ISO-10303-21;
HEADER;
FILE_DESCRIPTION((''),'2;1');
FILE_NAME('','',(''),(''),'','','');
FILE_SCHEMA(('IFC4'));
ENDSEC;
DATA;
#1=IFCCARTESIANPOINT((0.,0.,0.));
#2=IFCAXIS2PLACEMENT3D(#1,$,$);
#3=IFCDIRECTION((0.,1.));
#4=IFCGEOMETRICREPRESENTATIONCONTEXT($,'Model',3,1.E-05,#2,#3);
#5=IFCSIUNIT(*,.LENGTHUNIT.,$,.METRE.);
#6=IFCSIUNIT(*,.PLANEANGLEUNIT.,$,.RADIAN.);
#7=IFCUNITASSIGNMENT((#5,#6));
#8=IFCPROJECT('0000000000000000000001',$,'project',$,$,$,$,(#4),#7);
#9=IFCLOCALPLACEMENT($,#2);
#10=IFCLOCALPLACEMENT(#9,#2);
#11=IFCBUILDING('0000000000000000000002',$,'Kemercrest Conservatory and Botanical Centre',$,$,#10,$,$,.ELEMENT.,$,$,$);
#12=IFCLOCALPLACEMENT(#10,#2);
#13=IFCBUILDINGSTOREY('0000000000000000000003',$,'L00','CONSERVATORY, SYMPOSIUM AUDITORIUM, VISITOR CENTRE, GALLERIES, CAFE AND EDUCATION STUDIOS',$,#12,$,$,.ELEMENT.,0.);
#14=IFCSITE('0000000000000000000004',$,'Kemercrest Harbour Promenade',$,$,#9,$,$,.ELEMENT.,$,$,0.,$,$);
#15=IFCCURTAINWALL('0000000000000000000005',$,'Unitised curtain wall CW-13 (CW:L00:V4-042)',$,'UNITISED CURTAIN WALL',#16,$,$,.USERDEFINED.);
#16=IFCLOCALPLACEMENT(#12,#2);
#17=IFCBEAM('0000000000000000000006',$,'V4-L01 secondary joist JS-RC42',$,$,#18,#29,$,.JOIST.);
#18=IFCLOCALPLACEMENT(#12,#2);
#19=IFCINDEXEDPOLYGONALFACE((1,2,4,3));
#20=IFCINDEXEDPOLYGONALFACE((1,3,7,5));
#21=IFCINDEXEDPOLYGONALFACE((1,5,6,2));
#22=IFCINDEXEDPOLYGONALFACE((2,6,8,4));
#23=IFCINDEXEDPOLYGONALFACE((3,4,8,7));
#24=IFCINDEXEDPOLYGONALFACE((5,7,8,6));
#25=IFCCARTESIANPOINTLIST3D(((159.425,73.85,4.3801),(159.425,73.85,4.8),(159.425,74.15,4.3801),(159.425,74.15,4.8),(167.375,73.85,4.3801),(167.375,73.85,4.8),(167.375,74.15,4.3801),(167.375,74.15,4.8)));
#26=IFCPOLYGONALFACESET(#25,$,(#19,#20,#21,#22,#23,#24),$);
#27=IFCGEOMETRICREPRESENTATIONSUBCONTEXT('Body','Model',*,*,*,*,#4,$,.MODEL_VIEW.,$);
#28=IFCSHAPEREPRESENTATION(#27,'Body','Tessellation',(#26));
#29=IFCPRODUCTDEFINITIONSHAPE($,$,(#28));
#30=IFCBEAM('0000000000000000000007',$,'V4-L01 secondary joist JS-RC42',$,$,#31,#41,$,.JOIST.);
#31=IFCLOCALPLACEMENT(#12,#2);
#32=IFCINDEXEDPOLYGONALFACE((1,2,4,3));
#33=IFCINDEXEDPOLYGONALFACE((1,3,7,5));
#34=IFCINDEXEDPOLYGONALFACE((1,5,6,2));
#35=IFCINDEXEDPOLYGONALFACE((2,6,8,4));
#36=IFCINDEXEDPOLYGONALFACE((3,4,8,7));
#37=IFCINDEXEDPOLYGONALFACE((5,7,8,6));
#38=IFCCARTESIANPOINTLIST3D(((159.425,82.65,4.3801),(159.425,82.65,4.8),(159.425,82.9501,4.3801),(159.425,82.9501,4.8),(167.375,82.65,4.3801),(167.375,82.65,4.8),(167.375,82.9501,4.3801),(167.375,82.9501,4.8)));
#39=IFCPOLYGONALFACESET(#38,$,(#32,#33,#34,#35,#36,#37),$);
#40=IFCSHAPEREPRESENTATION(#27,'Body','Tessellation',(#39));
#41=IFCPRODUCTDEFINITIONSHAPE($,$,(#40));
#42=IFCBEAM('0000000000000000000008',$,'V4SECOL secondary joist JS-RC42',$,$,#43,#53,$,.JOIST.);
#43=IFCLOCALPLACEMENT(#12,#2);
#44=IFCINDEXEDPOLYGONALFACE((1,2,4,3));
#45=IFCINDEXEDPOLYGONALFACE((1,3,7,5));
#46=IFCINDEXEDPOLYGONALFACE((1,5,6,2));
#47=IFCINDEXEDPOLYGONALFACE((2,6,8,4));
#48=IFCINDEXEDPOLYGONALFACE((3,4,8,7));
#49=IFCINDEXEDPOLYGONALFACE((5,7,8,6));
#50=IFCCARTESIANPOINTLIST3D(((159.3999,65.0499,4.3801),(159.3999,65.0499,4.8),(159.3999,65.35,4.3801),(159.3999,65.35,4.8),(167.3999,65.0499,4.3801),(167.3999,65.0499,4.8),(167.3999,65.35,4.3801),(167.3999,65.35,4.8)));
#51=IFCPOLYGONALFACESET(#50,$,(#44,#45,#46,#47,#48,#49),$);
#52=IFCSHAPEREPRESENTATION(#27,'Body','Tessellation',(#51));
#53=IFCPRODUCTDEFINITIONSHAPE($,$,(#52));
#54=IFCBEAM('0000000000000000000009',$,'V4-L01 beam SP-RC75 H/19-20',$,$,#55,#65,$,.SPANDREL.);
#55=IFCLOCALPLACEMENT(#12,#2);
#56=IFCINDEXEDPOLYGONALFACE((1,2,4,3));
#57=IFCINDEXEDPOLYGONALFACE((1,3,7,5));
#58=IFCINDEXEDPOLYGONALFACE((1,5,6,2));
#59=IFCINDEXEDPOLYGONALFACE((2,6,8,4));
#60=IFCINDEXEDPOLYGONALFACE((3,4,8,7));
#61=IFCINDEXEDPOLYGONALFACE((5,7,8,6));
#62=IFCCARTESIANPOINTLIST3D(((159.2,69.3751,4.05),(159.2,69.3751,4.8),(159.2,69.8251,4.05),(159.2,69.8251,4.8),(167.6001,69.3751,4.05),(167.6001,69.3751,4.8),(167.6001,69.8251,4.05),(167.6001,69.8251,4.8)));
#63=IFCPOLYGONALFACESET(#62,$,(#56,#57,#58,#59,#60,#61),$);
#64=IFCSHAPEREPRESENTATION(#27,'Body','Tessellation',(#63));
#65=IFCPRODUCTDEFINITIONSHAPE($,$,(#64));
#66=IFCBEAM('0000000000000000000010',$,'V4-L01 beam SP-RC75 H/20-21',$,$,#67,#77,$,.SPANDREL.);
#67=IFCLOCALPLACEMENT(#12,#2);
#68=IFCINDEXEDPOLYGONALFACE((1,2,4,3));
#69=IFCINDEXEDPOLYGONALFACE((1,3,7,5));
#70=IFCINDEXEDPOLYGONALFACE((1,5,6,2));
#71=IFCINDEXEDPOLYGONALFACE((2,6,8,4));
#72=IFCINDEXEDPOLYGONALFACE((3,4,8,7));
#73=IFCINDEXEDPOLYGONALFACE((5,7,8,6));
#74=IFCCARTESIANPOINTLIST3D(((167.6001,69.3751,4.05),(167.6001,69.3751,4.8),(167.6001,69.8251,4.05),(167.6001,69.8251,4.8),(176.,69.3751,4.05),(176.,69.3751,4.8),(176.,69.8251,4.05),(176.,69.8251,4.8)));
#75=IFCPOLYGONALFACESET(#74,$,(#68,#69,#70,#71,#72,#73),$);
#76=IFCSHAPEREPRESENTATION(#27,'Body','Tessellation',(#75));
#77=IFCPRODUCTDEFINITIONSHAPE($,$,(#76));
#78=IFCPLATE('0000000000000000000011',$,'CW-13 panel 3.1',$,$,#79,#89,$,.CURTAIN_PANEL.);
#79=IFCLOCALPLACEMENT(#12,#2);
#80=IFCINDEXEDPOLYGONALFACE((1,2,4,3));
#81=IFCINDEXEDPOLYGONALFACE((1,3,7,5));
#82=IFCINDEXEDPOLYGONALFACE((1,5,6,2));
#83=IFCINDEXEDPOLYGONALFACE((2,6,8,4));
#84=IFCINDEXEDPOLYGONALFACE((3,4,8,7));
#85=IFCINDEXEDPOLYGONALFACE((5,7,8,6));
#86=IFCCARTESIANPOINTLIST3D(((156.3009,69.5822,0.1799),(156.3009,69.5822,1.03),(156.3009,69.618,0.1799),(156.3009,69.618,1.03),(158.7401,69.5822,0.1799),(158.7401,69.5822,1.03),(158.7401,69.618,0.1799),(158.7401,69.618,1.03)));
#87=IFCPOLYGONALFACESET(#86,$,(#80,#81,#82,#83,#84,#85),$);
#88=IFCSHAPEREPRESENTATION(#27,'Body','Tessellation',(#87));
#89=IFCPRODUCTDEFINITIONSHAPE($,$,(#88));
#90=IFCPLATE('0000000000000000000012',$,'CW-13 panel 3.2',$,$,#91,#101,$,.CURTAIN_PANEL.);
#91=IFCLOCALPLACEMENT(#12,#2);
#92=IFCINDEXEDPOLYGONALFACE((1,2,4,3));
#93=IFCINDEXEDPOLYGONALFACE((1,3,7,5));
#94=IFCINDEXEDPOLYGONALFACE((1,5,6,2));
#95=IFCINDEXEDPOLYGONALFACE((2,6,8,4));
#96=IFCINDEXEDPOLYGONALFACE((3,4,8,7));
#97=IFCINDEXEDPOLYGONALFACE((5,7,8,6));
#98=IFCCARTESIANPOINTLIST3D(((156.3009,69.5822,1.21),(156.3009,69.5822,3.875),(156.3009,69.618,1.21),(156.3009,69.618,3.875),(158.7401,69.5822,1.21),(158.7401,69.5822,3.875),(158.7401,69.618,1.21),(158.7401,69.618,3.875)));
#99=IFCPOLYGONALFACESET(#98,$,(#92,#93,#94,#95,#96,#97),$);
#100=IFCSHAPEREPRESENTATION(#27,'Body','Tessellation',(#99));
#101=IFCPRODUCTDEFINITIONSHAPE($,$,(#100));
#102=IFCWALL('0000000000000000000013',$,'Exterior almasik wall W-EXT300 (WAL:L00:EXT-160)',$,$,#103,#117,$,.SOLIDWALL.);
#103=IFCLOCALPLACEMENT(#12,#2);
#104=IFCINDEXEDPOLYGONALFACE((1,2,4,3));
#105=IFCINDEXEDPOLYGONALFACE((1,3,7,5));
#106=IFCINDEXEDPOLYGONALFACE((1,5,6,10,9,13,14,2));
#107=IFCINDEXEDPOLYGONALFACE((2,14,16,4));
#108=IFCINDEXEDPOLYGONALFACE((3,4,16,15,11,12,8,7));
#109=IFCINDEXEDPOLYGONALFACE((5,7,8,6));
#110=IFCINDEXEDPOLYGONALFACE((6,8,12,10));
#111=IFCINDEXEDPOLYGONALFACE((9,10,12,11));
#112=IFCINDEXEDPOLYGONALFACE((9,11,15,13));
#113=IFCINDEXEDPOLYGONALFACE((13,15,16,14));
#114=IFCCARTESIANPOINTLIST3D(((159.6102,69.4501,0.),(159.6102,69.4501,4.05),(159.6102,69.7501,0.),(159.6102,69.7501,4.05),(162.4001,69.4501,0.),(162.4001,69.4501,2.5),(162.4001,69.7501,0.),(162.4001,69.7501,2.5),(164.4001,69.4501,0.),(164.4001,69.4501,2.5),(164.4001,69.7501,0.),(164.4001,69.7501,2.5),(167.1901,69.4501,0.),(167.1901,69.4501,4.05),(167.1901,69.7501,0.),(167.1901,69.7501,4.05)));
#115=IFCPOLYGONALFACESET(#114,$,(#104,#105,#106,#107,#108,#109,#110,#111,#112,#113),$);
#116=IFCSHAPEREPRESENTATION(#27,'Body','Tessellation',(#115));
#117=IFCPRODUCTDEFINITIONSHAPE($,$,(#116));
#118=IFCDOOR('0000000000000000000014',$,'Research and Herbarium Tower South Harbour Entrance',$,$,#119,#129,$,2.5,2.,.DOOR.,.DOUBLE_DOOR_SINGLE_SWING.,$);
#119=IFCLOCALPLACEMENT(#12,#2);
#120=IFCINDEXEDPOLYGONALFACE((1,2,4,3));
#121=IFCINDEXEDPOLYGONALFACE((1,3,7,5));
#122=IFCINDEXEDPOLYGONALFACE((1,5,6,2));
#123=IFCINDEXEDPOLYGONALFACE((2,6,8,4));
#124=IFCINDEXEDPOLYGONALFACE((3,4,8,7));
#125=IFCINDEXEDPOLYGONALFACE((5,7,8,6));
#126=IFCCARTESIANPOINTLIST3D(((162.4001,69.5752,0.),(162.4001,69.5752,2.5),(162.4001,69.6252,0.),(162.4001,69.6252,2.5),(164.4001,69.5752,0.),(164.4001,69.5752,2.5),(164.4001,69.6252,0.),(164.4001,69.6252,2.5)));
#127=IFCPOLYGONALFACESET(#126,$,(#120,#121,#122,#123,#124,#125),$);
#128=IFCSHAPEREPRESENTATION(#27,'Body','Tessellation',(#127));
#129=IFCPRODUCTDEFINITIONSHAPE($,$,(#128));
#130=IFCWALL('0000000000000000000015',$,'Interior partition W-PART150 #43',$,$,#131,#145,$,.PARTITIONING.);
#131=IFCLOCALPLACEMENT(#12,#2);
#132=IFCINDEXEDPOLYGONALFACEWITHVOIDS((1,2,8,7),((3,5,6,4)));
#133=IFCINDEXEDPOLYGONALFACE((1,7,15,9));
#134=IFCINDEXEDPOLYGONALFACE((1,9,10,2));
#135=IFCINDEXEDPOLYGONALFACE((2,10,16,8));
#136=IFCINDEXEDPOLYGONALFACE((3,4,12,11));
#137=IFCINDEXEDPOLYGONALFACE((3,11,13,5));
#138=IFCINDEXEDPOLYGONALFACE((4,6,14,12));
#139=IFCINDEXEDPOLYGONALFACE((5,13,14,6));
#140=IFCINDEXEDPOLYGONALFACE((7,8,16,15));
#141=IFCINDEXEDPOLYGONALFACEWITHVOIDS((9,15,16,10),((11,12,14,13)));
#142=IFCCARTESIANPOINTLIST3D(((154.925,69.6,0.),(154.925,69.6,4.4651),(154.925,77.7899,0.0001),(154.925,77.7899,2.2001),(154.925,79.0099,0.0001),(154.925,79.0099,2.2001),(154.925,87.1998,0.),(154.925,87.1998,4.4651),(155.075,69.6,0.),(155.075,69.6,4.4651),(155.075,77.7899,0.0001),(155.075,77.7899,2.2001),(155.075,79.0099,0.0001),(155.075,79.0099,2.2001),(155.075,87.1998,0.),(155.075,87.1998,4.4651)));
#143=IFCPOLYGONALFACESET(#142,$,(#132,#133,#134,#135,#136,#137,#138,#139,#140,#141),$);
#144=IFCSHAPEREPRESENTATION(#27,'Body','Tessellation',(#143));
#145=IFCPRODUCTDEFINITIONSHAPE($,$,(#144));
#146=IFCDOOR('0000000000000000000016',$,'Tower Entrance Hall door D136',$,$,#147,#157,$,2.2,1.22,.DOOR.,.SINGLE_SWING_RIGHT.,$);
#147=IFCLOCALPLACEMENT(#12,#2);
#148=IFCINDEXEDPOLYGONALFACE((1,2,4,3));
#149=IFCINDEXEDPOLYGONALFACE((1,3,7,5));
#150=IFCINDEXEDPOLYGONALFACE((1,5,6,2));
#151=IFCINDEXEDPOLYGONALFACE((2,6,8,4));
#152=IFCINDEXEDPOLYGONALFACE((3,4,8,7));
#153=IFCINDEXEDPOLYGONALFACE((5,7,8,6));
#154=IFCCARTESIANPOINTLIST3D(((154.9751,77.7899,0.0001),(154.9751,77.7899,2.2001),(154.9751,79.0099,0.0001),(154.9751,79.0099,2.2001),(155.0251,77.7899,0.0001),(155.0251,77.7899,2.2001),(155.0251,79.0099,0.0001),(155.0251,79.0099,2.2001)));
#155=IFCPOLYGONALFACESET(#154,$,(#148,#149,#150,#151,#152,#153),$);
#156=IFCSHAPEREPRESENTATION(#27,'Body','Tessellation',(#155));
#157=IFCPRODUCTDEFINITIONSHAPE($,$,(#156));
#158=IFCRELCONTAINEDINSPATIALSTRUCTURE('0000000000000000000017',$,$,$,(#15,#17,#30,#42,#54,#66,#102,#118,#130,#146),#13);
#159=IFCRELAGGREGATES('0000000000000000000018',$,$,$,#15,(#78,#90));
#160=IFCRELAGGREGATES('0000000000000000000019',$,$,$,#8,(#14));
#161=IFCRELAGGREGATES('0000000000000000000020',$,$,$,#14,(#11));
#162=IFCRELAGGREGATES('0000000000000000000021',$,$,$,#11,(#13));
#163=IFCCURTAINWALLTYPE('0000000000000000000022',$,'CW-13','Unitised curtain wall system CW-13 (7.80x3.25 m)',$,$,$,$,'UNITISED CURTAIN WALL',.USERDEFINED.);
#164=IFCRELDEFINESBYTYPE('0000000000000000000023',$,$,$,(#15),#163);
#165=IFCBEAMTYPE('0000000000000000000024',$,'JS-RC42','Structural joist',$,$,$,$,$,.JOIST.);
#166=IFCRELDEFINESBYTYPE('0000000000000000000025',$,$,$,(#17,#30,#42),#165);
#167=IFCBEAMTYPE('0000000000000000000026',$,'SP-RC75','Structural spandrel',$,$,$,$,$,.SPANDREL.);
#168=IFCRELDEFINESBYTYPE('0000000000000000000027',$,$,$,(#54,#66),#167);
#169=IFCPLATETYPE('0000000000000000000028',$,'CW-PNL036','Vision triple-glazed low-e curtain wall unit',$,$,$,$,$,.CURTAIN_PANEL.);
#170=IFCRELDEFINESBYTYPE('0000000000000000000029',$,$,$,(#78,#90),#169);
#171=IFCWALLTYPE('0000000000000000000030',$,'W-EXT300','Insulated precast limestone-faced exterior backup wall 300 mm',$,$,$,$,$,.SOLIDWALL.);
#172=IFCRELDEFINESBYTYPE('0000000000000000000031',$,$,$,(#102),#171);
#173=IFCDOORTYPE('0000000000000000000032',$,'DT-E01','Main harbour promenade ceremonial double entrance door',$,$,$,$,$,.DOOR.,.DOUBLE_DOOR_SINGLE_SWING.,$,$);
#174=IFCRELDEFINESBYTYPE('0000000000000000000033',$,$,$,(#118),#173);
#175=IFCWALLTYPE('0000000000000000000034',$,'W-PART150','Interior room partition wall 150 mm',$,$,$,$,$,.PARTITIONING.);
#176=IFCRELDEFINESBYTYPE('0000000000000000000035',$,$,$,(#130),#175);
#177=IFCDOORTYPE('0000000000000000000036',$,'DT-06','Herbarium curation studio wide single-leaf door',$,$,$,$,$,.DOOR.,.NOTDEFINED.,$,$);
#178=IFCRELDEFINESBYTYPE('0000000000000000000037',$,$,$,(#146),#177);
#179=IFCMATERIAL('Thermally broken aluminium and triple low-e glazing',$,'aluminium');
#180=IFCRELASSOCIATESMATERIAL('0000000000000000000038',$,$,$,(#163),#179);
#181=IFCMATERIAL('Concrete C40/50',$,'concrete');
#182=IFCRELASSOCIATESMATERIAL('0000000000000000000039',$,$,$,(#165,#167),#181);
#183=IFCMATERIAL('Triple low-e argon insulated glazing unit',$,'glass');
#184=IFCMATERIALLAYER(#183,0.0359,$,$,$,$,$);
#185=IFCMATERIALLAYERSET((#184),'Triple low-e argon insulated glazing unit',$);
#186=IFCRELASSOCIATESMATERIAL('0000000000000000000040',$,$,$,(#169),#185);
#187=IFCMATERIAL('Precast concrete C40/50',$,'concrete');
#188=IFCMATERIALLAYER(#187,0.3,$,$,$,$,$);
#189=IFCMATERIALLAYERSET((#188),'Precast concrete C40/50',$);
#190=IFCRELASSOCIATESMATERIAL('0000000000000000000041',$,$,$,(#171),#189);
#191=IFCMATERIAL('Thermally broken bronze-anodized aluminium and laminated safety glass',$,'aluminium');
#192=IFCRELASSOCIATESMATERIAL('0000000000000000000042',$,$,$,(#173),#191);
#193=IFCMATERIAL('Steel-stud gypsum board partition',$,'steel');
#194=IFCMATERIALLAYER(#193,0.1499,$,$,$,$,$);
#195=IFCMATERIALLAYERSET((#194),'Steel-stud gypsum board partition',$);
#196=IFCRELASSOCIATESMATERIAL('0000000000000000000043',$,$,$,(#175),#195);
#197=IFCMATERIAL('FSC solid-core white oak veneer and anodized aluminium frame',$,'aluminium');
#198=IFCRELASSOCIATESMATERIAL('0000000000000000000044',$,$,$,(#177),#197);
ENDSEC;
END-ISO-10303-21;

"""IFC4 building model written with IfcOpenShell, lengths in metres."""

from ifc_helpers import new_model, si_unit, direction, frame, frame_2d, origin, origin_2d, place, context, subcontext, project, spatial, rectangle, extrude, material, layer, layer_set, material_profile, profile_set, type_object, element, fill, aggregate, save


model = new_model("IFC4")

# Units and contexts
model_context = context("Model", 3, precision=1e-05, world=origin(), true_north=direction((0.0, 1.0)))
body_context = subcontext(model_context, "Body", "Model", "MODEL_VIEW")
ifc_project = project(units=[si_unit("LENGTHUNIT", "METRE"), si_unit("PLANEANGLEUNIT", "RADIAN")], contexts=[model_context])

# Site, building, storey
site_placement = place(None, origin())
site = spatial("IfcSite", under=ifc_project, at=site_placement, Name="Kemercrest Harbour Promenade", CompositionType="ELEMENT", RefElevation=0.0)
building_placement = place(site_placement, origin())
building = spatial("IfcBuilding", under=site, at=building_placement, Name="Kemercrest Conservatory and Botanical Centre", CompositionType="ELEMENT")
storey_placement = place(building_placement, origin())
storey = spatial("IfcBuildingStorey", under=building, at=storey_placement, Name="L00", Description="CONSERVATORY, SYMPOSIUM AUDITORIUM, VISITOR CENTRE, GALLERIES, CAFE AND EDUCATION STUDIOS", CompositionType="ELEMENT", Elevation=0.0)

# Shared definitions
ifc_material_1 = material(Name="Concrete C40/50", Category="concrete")

# Curtain wall
ifc_material_2 = material(Name="Thermally broken aluminium and triple low-e glazing", Category="aluminium")
curtain_wall_type = type_object("IfcCurtainWallType", Name="CW-13", Description="Unitised curtain wall system CW-13 (7.80x3.25 m)", ElementType="UNITISED CURTAIN WALL", PredefinedType="USERDEFINED", material=ifc_material_2)
curtain_wall_placement = place(storey_placement, origin())
curtain_wall = element("IfcCurtainWall", 1, at=curtain_wall_placement, inside=storey, type_object=curtain_wall_type, Name="Unitised curtain wall CW-13 (CW:L00:V4-042)", ObjectType="UNITISED CURTAIN WALL", PredefinedType="USERDEFINED")

# Beams
ifc_material_profile_1 = material_profile(ifc_material_1, rectangle(XDim=0.3, YDim=0.4199, at=origin_2d()), Name="RC 300x420")
ifc_profile_set_1 = profile_set([ifc_material_profile_1], Name="Concrete C40/50")
beam_type_1 = type_object("IfcBeamType", Name="JS-RC42", Description="Structural joist", PredefinedType="JOIST", material=ifc_profile_set_1)
for number, where, z_axis, x_axis, name in (
    (2, (159.425, 74.0, 4.5901), (1.0, 0.0, 0.0), (0.0, 1.0, 0.0), "V4-L01 secondary joist JS-RC42"),
    (3, (159.425, 82.8, 4.5901), (1.0, 0.0, 0.0), (0.0, 1.0, 0.0), "V4-L01 secondary joist JS-RC42"),
):
    element("IfcBeam", number, at=place(storey_placement, frame(where, z_axis=z_axis, x_axis=x_axis)), inside=storey, type_object=beam_type_1, Name=name, PredefinedType="JOIST", context=body_context, shape_type="SweptSolid", body=[
        extrude(rectangle(XDim=0.3, YDim=0.4199, at=origin_2d()), origin(), (0.0, 0.0, 1.0), 7.95),
    ])
beam_1_placement = place(storey_placement, frame((159.3999, 65.2, 4.5901), z_axis=(1.0, 0.0, 0.0), x_axis=(0.0, 1.0, 0.0)))
element("IfcBeam", 4, at=beam_1_placement, inside=storey, type_object=beam_type_1, Name="V4SECOL secondary joist JS-RC42", PredefinedType="JOIST", context=body_context, shape_type="SweptSolid", body=[
    extrude(rectangle(XDim=0.3, YDim=0.4199, at=origin_2d()), origin(), (0.0, 0.0, 1.0), 8.0),
])
ifc_material_profile_2 = material_profile(ifc_material_1, rectangle(XDim=0.45, YDim=0.75, at=origin_2d()), Name="RC 450x750")
ifc_profile_set_2 = profile_set([ifc_material_profile_2], Name="Concrete C40/50")
beam_type_2 = type_object("IfcBeamType", Name="SP-RC75", Description="Structural spandrel", PredefinedType="SPANDREL", material=ifc_profile_set_2)
beam_2_placement = place(storey_placement, frame((159.2, 69.6001, 4.425), z_axis=(1.0, 0.0, 0.0), x_axis=(0.0, 1.0, 0.0)))
element("IfcBeam", 5, at=beam_2_placement, inside=storey, type_object=beam_type_2, Name="V4-L01 beam SP-RC75 H/19-20", PredefinedType="SPANDREL", context=body_context, shape_type="SweptSolid", body=[
    extrude(rectangle(XDim=0.45, YDim=0.75, at=origin_2d()), origin(), (0.0, 0.0, 1.0), 8.4001),
])
beam_3_placement = place(storey_placement, frame((167.6001, 69.6001, 4.425), z_axis=(1.0, 0.0, 0.0), x_axis=(0.0, 1.0, 0.0)))
element("IfcBeam", 6, at=beam_3_placement, inside=storey, type_object=beam_type_2, Name="V4-L01 beam SP-RC75 H/20-21", PredefinedType="SPANDREL", context=body_context, shape_type="SweptSolid", body=[
    extrude(rectangle(XDim=0.45, YDim=0.75, at=origin_2d()), origin(), (0.0, 0.0, 1.0), 8.3999),
])

# Plates
ifc_material_3 = material(Name="Triple low-e argon insulated glazing unit", Category="glass")
ifc_layer_1 = layer(ifc_material_3, 0.0359)
ifc_layer_set_1 = layer_set([ifc_layer_1], Name="Triple low-e argon insulated glazing unit")
plate_type = type_object("IfcPlateType", Name="CW-PNL036", Description="Vision triple-glazed low-e curtain wall unit", PredefinedType="CURTAIN_PANEL", material=ifc_layer_set_1)
plate_1_placement = place(storey_placement, frame((157.5205, 69.6001, 0.1799), z_axis=(0.0, 0.0, 1.0), x_axis=(1.0, 0.0, 0.0)))
plate_1 = element("IfcPlate", 7, at=plate_1_placement, type_object=plate_type, Name="CW-13 panel 3.1", PredefinedType="CURTAIN_PANEL", context=body_context, shape_type="SweptSolid", body=[
    extrude(rectangle(XDim=2.4392, YDim=0.0359, at=origin_2d()), origin(), (0.0, 0.0, 1.0), 0.8501),
])
plate_2_placement = place(storey_placement, frame((157.5205, 69.6001, 1.21), z_axis=(0.0, 0.0, 1.0), x_axis=(1.0, 0.0, 0.0)))
plate_2 = element("IfcPlate", 8, at=plate_2_placement, type_object=plate_type, Name="CW-13 panel 3.2", PredefinedType="CURTAIN_PANEL", context=body_context, shape_type="SweptSolid", body=[
    extrude(rectangle(XDim=2.4392, YDim=0.0359, at=origin_2d()), origin(), (0.0, 0.0, 1.0), 2.665),
])
aggregate(curtain_wall, [plate_1, plate_2])

# Walls, openings, doors
ifc_material_4 = material(Name="Precast concrete C40/50", Category="concrete")
ifc_layer_2 = layer(ifc_material_4, 0.3)
ifc_layer_set_2 = layer_set([ifc_layer_2], Name="Precast concrete C40/50")
wall_type_1 = type_object("IfcWallType", Name="W-EXT300", Description="Insulated precast limestone-faced exterior backup wall 300 mm", PredefinedType="SOLIDWALL", material=ifc_layer_set_2)
wall_1_placement = place(storey_placement, frame((159.6101, 69.6001, 0.0), z_axis=(0.0, 0.0, 1.0), x_axis=(1.0, 0.0, 0.0)))
wall_1 = element("IfcWall", 9, at=wall_1_placement, inside=storey, type_object=wall_type_1, Name="Exterior almasik wall W-EXT300 (WAL:L00:EXT-160)", PredefinedType="SOLIDWALL", context=body_context, shape_type="SweptSolid", body=[
    extrude(rectangle(XDim=7.5798, YDim=0.3, at=frame_2d((3.79, 0.0))), origin(), (0.0, 0.0, 1.0), 4.05),
])
opening_1_placement = place(wall_1_placement, frame((2.79, 0.0, 0.0)))
opening_1 = element("IfcOpeningElement", 10, at=opening_1_placement, cuts=wall_1, PredefinedType="OPENING", context=body_context, shape_type="SweptSolid", body=[
    extrude(rectangle(XDim=2.0, YDim=2.5, at=frame_2d((1.0, 1.25))), frame((0.0, 0.1602, 0.0), z_axis=(0.0, -1.0, 0.0), x_axis=(1.0, 0.0, 0.0)), (0.0, 0.0, 1.0), 0.3201),
])
ifc_material_5 = material(Name="Thermally broken bronze-anodized aluminium and laminated safety glass", Category="aluminium")
door_type_1 = type_object("IfcDoorType", Name="DT-E01", Description="Main harbour promenade ceremonial double entrance door", OperationType="DOUBLE_DOOR_SINGLE_SWING", PredefinedType="DOOR", material=ifc_material_5)
door_1_placement = place(opening_1_placement, frame((2.0, 0.0, 0.0), z_axis=(0.0, 0.0, 1.0), x_axis=(-1.0, 0.0, 0.0)))
door_1 = element("IfcDoor", 11, at=door_1_placement, inside=storey, type_object=door_type_1, Name="Research and Herbarium Tower South Harbour Entrance", OperationType="DOUBLE_DOOR_SINGLE_SWING", OverallHeight=2.5, OverallWidth=2.0, PredefinedType="DOOR", context=body_context, shape_type="SweptSolid", body=[
    extrude(rectangle(XDim=2.0, YDim=2.5, at=frame_2d((1.0, 1.25))), frame((0.0, 0.0249, 0.0), z_axis=(0.0, -1.0, 0.0), x_axis=(1.0, 0.0, 0.0)), (0.0, 0.0, 1.0), 0.05),
])
fill(opening_1, door_1)
ifc_material_6 = material(Name="Steel-stud gypsum board partition", Category="steel")
ifc_layer_3 = layer(ifc_material_6, 0.1499)
ifc_layer_set_3 = layer_set([ifc_layer_3], Name="Steel-stud gypsum board partition")
wall_type_2 = type_object("IfcWallType", Name="W-PART150", Description="Interior room partition wall 150 mm", PredefinedType="PARTITIONING", material=ifc_layer_set_3)
wall_2_placement = place(storey_placement, frame((155.0, 69.6001, 0.0), z_axis=(0.0, 0.0, 1.0), x_axis=(0.0, 1.0, 0.0)))
wall_2 = element("IfcWall", 12, at=wall_2_placement, inside=storey, type_object=wall_type_2, Name="Interior partition W-PART150 #43", PredefinedType="PARTITIONING", context=body_context, shape_type="SweptSolid", body=[
    extrude(rectangle(XDim=17.5999, YDim=0.1499, at=frame_2d((8.7998, 0.0))), origin(), (0.0, 0.0, 1.0), 4.4651),
])
opening_2_placement = place(wall_2_placement, frame((8.1899, 0.0, 0.0)))
opening_2 = element("IfcOpeningElement", 13, at=opening_2_placement, cuts=wall_2, PredefinedType="OPENING", context=body_context, shape_type="SweptSolid", body=[
    extrude(rectangle(XDim=1.22, YDim=2.2, at=frame_2d((0.6099, 1.1001))), frame((0.0, 0.085, 0.0), z_axis=(0.0, -1.0, 0.0), x_axis=(1.0, 0.0, 0.0)), (0.0, 0.0, 1.0), 0.1699),
])
ifc_material_7 = material(Name="FSC solid-core white oak veneer and anodized aluminium frame", Category="aluminium")
door_type_2 = type_object("IfcDoorType", Name="DT-06", Description="Herbarium curation studio wide single-leaf door", OperationType="NOTDEFINED", PredefinedType="DOOR", material=ifc_material_7)
door_2_placement = place(opening_2_placement, origin())
door_2 = element("IfcDoor", 14, at=door_2_placement, inside=storey, type_object=door_type_2, Name="Tower Entrance Hall door D136", OperationType="SINGLE_SWING_RIGHT", OverallHeight=2.2, OverallWidth=1.22, PredefinedType="DOOR", context=body_context, shape_type="SweptSolid", body=[
    extrude(rectangle(XDim=1.22, YDim=2.2, at=frame_2d((0.6099, 1.1001))), frame((0.0, 0.0249, 0.0), z_axis=(0.0, -1.0, 0.0), x_axis=(1.0, 0.0, 0.0)), (0.0, 0.0, 1.0), 0.05),
])
fill(opening_2, door_2)

save(model, "model.ifc")
